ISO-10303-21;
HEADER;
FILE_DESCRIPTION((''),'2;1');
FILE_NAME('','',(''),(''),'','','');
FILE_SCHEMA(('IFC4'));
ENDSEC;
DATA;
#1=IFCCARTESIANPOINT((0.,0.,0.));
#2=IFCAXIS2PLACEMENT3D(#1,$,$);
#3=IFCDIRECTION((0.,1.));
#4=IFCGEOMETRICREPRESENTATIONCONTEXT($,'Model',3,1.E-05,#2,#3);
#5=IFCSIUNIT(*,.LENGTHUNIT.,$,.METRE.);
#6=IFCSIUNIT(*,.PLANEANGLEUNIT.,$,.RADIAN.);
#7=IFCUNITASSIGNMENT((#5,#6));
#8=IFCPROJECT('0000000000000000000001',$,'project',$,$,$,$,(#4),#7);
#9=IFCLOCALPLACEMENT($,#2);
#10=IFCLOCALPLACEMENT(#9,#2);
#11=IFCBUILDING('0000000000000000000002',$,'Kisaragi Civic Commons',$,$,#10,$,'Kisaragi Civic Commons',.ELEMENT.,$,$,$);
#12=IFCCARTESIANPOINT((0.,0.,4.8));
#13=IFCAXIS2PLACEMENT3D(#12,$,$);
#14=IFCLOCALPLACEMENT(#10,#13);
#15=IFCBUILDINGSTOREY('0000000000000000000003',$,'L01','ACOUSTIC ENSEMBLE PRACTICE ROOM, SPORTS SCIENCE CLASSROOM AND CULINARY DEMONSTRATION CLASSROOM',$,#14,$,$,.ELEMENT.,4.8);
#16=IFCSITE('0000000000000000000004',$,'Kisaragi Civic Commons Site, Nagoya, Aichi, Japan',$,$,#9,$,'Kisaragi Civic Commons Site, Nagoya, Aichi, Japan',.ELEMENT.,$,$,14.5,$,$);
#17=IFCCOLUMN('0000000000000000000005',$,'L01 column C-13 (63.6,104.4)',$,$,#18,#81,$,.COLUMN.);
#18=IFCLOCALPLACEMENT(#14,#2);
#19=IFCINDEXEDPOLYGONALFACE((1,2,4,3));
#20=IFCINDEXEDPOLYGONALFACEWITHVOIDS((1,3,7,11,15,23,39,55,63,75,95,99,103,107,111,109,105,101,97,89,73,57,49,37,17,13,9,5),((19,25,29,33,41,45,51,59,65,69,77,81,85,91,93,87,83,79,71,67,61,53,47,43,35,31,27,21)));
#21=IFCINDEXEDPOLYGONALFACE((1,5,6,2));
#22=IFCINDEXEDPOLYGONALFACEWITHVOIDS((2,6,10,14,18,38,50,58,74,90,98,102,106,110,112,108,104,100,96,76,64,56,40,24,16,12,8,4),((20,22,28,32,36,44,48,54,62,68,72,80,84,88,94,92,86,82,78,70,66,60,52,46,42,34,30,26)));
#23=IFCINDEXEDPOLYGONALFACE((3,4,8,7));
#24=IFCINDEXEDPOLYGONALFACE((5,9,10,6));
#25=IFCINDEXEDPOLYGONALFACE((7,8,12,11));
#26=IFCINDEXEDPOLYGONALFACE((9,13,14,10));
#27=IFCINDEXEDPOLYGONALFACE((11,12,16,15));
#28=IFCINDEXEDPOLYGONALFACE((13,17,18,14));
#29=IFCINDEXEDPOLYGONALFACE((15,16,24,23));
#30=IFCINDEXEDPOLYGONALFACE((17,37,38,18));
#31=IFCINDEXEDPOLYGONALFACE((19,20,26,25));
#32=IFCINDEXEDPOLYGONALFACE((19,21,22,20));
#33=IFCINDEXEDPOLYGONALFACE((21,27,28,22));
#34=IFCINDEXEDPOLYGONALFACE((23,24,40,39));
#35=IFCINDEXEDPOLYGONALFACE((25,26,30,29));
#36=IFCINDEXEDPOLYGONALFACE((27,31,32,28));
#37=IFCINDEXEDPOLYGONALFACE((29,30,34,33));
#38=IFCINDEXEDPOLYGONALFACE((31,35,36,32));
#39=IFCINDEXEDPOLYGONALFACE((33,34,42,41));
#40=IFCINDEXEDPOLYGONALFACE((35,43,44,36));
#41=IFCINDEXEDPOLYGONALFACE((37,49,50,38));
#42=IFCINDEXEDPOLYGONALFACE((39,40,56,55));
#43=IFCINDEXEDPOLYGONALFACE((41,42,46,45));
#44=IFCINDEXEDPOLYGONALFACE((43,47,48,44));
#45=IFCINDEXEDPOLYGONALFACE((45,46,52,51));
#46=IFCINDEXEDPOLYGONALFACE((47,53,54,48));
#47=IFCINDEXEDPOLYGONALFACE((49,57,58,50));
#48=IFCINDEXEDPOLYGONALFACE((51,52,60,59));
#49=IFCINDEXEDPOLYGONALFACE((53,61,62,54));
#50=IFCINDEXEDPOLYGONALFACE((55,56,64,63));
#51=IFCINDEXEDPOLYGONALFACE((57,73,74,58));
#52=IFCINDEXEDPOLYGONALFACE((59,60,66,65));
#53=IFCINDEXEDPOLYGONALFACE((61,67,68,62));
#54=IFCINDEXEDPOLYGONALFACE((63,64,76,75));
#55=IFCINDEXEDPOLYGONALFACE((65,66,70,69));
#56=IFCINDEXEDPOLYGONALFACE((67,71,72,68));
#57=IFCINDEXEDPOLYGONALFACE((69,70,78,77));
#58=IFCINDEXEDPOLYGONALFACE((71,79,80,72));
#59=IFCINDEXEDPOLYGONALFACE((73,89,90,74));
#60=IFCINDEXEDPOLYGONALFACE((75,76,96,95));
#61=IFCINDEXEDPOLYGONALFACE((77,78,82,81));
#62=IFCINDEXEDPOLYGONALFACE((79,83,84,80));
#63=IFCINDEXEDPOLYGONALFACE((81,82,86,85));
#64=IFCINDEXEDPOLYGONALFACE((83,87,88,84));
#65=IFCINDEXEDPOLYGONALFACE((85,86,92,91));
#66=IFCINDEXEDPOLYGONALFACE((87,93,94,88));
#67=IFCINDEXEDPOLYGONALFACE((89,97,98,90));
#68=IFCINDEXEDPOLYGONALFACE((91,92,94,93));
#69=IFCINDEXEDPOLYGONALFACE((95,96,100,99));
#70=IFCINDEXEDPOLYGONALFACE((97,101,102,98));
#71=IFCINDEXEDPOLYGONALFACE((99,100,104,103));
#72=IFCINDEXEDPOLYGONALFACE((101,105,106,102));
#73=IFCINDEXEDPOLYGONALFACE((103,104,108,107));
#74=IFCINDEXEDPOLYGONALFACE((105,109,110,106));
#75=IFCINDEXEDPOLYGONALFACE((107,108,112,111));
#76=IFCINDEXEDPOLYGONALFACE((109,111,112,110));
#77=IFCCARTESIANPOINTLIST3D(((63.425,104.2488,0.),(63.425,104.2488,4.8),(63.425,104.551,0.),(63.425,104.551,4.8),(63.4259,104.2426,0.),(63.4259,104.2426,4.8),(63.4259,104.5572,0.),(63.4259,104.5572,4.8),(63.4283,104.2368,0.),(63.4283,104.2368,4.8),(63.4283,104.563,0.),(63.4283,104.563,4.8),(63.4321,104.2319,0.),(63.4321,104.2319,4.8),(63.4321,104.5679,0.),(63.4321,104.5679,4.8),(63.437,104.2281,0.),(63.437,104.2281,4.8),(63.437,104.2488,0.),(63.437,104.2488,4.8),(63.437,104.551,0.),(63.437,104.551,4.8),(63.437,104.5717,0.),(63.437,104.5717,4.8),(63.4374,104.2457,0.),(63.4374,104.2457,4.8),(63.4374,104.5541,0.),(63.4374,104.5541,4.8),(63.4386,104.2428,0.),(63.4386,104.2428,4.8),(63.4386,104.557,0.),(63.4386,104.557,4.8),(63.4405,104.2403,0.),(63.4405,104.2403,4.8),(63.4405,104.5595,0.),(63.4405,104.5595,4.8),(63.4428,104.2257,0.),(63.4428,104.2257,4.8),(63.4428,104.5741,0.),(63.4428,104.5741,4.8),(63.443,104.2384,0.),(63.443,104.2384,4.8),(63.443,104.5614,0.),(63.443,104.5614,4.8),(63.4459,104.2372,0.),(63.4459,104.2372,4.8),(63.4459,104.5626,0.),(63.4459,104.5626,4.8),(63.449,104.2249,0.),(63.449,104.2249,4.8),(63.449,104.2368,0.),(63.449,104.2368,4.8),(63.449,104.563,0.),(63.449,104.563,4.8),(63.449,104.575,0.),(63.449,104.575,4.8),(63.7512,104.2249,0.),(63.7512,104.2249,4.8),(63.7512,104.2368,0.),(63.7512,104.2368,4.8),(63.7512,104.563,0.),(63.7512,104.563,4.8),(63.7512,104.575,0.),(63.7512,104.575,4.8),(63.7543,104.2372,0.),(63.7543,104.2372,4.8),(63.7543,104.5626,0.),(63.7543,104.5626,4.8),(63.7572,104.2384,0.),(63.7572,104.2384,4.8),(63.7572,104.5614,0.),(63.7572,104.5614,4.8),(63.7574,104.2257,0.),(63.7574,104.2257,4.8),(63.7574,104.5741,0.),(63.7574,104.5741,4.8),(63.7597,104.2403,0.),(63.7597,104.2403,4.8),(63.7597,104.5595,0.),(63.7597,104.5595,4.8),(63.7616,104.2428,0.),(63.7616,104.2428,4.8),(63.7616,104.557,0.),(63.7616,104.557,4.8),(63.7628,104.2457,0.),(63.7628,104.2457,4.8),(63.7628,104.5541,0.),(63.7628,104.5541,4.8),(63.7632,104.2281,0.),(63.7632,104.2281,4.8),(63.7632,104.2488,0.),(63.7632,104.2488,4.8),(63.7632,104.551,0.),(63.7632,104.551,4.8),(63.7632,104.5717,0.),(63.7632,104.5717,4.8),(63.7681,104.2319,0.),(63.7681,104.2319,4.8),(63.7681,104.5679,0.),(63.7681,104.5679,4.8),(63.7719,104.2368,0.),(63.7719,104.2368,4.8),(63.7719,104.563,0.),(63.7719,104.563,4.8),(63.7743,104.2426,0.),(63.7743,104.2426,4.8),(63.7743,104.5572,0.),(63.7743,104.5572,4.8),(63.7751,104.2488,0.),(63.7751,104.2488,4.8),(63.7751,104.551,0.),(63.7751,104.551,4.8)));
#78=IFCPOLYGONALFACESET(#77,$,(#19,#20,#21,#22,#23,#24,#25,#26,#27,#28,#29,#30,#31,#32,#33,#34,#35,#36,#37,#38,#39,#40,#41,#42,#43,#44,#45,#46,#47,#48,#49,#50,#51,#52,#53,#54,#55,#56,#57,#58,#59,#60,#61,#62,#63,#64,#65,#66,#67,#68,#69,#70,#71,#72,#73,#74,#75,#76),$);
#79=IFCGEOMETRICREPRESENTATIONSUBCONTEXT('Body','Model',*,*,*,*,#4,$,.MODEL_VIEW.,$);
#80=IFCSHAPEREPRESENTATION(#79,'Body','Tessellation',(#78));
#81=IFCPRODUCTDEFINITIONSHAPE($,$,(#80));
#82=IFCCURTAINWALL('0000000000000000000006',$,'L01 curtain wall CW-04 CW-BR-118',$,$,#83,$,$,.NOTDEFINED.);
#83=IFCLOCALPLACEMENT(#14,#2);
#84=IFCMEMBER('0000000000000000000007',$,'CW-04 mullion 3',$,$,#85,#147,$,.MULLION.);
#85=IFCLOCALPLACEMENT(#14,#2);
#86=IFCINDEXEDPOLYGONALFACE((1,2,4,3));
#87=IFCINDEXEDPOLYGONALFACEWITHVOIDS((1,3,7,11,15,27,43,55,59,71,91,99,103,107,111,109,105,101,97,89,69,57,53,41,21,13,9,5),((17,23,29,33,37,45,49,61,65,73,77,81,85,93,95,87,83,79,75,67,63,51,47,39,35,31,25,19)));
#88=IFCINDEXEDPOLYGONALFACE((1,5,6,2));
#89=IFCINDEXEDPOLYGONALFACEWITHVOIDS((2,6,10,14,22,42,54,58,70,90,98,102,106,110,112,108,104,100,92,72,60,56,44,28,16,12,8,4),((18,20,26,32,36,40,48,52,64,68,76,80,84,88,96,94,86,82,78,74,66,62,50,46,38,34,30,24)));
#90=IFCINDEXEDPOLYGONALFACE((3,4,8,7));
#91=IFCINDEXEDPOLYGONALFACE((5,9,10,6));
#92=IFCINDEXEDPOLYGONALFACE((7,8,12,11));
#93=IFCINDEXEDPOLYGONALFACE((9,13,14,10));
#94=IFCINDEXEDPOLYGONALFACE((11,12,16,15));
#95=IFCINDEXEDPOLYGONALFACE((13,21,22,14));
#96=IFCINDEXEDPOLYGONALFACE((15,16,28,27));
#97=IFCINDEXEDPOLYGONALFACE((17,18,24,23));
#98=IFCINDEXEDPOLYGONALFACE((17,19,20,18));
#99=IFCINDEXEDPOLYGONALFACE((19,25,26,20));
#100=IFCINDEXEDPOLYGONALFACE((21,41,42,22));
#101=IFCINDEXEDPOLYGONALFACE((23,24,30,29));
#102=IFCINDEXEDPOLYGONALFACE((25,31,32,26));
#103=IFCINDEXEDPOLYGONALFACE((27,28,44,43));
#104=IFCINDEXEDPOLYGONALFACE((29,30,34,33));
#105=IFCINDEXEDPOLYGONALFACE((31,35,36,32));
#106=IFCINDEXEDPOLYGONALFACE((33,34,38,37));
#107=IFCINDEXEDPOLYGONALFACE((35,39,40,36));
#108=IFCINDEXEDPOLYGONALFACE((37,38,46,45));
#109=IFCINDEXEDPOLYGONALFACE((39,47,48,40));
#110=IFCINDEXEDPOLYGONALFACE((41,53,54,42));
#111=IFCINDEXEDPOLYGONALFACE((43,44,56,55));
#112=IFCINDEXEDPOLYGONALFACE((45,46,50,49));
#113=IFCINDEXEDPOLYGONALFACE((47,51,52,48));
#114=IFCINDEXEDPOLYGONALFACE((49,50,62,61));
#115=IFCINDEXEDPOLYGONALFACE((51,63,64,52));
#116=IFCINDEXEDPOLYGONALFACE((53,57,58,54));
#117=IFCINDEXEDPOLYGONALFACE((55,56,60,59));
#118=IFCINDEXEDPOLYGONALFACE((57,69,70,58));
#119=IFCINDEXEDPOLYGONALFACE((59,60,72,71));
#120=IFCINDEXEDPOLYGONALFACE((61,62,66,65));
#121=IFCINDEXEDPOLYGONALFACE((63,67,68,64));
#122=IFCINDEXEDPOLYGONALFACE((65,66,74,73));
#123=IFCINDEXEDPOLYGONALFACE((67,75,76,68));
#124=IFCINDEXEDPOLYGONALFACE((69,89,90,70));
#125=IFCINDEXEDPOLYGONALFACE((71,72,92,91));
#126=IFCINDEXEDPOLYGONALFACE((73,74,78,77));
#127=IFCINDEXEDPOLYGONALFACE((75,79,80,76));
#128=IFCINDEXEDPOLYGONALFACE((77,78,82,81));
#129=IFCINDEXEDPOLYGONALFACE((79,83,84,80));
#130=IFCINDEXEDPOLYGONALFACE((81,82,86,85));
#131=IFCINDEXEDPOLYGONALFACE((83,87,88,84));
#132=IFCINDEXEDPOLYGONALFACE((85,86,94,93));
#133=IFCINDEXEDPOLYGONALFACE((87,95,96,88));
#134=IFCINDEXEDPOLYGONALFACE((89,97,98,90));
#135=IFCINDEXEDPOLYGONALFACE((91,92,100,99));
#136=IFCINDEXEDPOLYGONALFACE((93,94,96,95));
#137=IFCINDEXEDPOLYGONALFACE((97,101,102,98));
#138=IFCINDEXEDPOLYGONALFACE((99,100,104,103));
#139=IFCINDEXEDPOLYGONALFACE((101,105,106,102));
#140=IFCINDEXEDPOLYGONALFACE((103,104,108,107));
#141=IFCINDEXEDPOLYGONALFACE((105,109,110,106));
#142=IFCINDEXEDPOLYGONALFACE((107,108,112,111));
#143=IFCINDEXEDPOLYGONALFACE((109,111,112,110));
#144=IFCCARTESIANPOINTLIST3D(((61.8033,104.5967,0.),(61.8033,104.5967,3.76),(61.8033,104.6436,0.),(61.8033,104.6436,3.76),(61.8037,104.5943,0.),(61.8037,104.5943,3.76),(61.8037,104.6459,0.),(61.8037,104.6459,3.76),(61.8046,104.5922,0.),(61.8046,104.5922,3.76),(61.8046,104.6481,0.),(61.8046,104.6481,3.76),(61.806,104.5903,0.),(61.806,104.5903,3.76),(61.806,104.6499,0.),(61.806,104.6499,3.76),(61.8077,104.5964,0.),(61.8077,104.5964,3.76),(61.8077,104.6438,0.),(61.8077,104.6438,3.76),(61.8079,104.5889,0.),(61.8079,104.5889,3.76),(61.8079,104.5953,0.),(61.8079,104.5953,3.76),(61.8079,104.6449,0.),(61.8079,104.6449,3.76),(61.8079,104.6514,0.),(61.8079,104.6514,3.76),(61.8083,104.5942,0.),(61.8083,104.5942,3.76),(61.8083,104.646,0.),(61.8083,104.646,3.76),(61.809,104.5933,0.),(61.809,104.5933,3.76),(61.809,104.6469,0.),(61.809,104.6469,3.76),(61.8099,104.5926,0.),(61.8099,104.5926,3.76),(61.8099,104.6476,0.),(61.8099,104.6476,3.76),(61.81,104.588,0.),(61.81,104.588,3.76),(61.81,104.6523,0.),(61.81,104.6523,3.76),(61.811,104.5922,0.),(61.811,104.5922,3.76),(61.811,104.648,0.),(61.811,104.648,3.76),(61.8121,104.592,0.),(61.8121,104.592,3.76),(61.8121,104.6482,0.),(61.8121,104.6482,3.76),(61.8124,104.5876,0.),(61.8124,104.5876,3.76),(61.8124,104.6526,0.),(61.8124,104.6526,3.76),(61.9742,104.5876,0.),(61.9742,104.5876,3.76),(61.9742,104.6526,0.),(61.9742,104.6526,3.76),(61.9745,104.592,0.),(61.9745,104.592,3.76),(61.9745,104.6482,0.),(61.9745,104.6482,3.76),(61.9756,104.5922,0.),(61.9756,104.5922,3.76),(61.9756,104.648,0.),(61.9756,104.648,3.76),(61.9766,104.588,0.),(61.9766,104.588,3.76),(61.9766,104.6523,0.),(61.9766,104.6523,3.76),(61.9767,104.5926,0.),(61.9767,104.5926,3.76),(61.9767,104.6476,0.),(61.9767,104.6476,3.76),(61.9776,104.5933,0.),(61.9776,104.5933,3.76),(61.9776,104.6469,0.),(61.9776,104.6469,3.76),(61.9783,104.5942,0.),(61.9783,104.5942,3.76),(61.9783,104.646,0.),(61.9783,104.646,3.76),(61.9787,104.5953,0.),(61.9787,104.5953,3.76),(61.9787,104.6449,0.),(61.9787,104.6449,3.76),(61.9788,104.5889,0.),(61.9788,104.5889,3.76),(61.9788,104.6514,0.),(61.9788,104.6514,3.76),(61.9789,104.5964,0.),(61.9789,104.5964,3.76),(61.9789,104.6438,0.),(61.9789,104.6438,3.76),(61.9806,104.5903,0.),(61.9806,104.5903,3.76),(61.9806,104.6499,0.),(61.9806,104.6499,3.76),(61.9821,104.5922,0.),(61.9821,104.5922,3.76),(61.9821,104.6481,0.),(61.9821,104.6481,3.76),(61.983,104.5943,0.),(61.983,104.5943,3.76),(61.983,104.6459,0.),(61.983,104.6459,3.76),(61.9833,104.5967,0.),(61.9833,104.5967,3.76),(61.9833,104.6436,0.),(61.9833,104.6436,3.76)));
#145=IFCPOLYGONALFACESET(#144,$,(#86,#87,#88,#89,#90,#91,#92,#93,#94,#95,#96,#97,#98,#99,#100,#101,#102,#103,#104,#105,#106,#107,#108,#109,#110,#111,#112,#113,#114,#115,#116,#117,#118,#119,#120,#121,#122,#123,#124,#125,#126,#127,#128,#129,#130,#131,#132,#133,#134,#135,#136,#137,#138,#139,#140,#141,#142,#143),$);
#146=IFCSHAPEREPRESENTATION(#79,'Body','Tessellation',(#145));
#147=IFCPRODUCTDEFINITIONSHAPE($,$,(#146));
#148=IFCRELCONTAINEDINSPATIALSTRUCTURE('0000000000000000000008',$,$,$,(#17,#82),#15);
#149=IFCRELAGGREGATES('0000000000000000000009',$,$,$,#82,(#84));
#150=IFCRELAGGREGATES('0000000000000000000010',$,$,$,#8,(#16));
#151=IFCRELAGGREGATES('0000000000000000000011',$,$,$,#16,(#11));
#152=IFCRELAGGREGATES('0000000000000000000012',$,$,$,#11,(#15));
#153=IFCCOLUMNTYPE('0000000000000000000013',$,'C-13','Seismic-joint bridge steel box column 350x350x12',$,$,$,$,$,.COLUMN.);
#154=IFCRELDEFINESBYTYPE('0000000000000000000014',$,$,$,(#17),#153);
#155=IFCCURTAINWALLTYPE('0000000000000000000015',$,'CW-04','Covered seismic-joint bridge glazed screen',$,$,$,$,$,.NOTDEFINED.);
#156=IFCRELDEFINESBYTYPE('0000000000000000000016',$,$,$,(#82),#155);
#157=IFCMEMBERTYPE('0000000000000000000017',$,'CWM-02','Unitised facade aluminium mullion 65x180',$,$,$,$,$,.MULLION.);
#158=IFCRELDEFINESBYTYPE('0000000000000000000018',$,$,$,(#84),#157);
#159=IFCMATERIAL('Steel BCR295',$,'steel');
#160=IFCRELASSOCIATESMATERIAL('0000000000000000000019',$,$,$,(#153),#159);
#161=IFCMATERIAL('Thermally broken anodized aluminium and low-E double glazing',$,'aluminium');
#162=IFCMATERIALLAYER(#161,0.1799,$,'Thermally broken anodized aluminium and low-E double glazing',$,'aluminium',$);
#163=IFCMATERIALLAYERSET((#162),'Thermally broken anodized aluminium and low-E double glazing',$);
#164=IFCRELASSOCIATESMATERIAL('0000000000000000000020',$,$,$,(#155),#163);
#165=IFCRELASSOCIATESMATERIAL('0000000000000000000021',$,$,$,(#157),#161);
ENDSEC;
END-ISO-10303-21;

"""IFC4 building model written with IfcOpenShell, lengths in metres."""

from ifc_helpers import new_model, si_unit, direction, frame, origin, origin_2d, place, context, subcontext, project, spatial, hollow_rectangle, extrude, material, layer, layer_set, material_profile, profile_set, type_object, element, aggregate, save


model = new_model("IFC4")

# Units and contexts
model_context = context("Model", 3, precision=1e-05, world=origin(), true_north=direction((0.0, 1.0)))
body_context = subcontext(model_context, "Body", "Model", "MODEL_VIEW")
ifc_project = project(units=[si_unit("LENGTHUNIT", "METRE"), si_unit("PLANEANGLEUNIT", "RADIAN")], contexts=[model_context])

# Site, building, storey
site_placement = place(None, origin())
site = spatial("IfcSite", under=ifc_project, at=site_placement, Name="Kisaragi Civic Commons Site, Nagoya, Aichi, Japan", LongName="Kisaragi Civic Commons Site, Nagoya, Aichi, Japan", CompositionType="ELEMENT", RefElevation=14.5)
building_placement = place(site_placement, origin())
building = spatial("IfcBuilding", under=site, at=building_placement, Name="Kisaragi Civic Commons", LongName="Kisaragi Civic Commons", CompositionType="ELEMENT")
storey_placement = place(building_placement, frame((0.0, 0.0, 4.8)))
storey = spatial("IfcBuildingStorey", under=building, at=storey_placement, Name="L01", Description="ACOUSTIC ENSEMBLE PRACTICE ROOM, SPORTS SCIENCE CLASSROOM AND CULINARY DEMONSTRATION CLASSROOM", CompositionType="ELEMENT", Elevation=4.8)

# Column
ifc_material_1 = material(Name="Steel BCR295", Category="steel")
ifc_material_profile_1 = material_profile(ifc_material_1, hollow_rectangle(XDim=0.3501, YDim=0.3501, WallThickness=0.012, InnerFilletRadius=0.012, OuterFilletRadius=0.0239, at=origin_2d()), Name="BCR-350x350x12", Category="steel")
ifc_profile_set_1 = profile_set([ifc_material_profile_1], Name="Steel BCR295")
column_type = type_object("IfcColumnType", Name="C-13", Description="Seismic-joint bridge steel box column 350x350x12", PredefinedType="COLUMN", material=ifc_profile_set_1)
column_placement = place(storey_placement, frame((63.6001, 104.3999, 0.0), z_axis=(0.0, 0.0, 1.0), x_axis=(1.0, 0.0, 0.0)))
element("IfcColumn", 1, at=column_placement, inside=storey, type_object=column_type, Name="L01 column C-13 (63.6,104.4)", PredefinedType="COLUMN", context=body_context, shape_type="SweptSolid", body=[
    extrude(hollow_rectangle(XDim=0.3501, YDim=0.3501, WallThickness=0.012, InnerFilletRadius=0.012, OuterFilletRadius=0.0239, at=origin_2d()), origin(), (0.0, 0.0, 1.0), 4.8),
])

# Curtain wall, member
ifc_material_2 = material(Name="Thermally broken anodized aluminium and low-E double glazing", Category="aluminium")
ifc_layer_1 = layer(ifc_material_2, 0.1799, Name="Thermally broken anodized aluminium and low-E double glazing", Category="aluminium")
ifc_layer_set_1 = layer_set([ifc_layer_1], Name="Thermally broken anodized aluminium and low-E double glazing")
curtain_wall_type = type_object("IfcCurtainWallType", Name="CW-04", Description="Covered seismic-joint bridge glazed screen", PredefinedType="NOTDEFINED", material=ifc_layer_set_1)
curtain_wall_1_placement = place(storey_placement, origin())
curtain_wall_1 = element("IfcCurtainWall", 2, at=curtain_wall_1_placement, inside=storey, type_object=curtain_wall_type, Name="L01 curtain wall CW-04 CW-BR-118", PredefinedType="NOTDEFINED")
ifc_material_profile_2 = material_profile(ifc_material_2, hollow_rectangle(XDim=0.0649, YDim=0.1799, WallThickness=0.0044, InnerFilletRadius=0.0044, OuterFilletRadius=0.009, at=origin_2d()), Name="CWM-65x180x4.5", Category="aluminium")
ifc_profile_set_2 = profile_set([ifc_material_profile_2], Name="Thermally broken anodized aluminium and low-E double glazing")
member_type_1 = type_object("IfcMemberType", Name="CWM-02", Description="Unitised facade aluminium mullion 65x180", PredefinedType="MULLION", material=ifc_profile_set_2)
member_1_placement = place(storey_placement, frame((61.8933, 104.6201, 0.0), z_axis=(0.0, 0.0, 1.0), x_axis=(0.0, 1.0, 0.0)))
member_1 = element("IfcMember", 3, at=member_1_placement, type_object=member_type_1, Name="CW-04 mullion 3", PredefinedType="MULLION", context=body_context, shape_type="SweptSolid", body=[
    extrude(hollow_rectangle(XDim=0.0649, YDim=0.1799, WallThickness=0.0044, InnerFilletRadius=0.0044, OuterFilletRadius=0.009, at=origin_2d()), origin(), (0.0, 0.0, 1.0), 3.76),
])

aggregate(curtain_wall_1, [member_1])

save(model, "model.ifc")
